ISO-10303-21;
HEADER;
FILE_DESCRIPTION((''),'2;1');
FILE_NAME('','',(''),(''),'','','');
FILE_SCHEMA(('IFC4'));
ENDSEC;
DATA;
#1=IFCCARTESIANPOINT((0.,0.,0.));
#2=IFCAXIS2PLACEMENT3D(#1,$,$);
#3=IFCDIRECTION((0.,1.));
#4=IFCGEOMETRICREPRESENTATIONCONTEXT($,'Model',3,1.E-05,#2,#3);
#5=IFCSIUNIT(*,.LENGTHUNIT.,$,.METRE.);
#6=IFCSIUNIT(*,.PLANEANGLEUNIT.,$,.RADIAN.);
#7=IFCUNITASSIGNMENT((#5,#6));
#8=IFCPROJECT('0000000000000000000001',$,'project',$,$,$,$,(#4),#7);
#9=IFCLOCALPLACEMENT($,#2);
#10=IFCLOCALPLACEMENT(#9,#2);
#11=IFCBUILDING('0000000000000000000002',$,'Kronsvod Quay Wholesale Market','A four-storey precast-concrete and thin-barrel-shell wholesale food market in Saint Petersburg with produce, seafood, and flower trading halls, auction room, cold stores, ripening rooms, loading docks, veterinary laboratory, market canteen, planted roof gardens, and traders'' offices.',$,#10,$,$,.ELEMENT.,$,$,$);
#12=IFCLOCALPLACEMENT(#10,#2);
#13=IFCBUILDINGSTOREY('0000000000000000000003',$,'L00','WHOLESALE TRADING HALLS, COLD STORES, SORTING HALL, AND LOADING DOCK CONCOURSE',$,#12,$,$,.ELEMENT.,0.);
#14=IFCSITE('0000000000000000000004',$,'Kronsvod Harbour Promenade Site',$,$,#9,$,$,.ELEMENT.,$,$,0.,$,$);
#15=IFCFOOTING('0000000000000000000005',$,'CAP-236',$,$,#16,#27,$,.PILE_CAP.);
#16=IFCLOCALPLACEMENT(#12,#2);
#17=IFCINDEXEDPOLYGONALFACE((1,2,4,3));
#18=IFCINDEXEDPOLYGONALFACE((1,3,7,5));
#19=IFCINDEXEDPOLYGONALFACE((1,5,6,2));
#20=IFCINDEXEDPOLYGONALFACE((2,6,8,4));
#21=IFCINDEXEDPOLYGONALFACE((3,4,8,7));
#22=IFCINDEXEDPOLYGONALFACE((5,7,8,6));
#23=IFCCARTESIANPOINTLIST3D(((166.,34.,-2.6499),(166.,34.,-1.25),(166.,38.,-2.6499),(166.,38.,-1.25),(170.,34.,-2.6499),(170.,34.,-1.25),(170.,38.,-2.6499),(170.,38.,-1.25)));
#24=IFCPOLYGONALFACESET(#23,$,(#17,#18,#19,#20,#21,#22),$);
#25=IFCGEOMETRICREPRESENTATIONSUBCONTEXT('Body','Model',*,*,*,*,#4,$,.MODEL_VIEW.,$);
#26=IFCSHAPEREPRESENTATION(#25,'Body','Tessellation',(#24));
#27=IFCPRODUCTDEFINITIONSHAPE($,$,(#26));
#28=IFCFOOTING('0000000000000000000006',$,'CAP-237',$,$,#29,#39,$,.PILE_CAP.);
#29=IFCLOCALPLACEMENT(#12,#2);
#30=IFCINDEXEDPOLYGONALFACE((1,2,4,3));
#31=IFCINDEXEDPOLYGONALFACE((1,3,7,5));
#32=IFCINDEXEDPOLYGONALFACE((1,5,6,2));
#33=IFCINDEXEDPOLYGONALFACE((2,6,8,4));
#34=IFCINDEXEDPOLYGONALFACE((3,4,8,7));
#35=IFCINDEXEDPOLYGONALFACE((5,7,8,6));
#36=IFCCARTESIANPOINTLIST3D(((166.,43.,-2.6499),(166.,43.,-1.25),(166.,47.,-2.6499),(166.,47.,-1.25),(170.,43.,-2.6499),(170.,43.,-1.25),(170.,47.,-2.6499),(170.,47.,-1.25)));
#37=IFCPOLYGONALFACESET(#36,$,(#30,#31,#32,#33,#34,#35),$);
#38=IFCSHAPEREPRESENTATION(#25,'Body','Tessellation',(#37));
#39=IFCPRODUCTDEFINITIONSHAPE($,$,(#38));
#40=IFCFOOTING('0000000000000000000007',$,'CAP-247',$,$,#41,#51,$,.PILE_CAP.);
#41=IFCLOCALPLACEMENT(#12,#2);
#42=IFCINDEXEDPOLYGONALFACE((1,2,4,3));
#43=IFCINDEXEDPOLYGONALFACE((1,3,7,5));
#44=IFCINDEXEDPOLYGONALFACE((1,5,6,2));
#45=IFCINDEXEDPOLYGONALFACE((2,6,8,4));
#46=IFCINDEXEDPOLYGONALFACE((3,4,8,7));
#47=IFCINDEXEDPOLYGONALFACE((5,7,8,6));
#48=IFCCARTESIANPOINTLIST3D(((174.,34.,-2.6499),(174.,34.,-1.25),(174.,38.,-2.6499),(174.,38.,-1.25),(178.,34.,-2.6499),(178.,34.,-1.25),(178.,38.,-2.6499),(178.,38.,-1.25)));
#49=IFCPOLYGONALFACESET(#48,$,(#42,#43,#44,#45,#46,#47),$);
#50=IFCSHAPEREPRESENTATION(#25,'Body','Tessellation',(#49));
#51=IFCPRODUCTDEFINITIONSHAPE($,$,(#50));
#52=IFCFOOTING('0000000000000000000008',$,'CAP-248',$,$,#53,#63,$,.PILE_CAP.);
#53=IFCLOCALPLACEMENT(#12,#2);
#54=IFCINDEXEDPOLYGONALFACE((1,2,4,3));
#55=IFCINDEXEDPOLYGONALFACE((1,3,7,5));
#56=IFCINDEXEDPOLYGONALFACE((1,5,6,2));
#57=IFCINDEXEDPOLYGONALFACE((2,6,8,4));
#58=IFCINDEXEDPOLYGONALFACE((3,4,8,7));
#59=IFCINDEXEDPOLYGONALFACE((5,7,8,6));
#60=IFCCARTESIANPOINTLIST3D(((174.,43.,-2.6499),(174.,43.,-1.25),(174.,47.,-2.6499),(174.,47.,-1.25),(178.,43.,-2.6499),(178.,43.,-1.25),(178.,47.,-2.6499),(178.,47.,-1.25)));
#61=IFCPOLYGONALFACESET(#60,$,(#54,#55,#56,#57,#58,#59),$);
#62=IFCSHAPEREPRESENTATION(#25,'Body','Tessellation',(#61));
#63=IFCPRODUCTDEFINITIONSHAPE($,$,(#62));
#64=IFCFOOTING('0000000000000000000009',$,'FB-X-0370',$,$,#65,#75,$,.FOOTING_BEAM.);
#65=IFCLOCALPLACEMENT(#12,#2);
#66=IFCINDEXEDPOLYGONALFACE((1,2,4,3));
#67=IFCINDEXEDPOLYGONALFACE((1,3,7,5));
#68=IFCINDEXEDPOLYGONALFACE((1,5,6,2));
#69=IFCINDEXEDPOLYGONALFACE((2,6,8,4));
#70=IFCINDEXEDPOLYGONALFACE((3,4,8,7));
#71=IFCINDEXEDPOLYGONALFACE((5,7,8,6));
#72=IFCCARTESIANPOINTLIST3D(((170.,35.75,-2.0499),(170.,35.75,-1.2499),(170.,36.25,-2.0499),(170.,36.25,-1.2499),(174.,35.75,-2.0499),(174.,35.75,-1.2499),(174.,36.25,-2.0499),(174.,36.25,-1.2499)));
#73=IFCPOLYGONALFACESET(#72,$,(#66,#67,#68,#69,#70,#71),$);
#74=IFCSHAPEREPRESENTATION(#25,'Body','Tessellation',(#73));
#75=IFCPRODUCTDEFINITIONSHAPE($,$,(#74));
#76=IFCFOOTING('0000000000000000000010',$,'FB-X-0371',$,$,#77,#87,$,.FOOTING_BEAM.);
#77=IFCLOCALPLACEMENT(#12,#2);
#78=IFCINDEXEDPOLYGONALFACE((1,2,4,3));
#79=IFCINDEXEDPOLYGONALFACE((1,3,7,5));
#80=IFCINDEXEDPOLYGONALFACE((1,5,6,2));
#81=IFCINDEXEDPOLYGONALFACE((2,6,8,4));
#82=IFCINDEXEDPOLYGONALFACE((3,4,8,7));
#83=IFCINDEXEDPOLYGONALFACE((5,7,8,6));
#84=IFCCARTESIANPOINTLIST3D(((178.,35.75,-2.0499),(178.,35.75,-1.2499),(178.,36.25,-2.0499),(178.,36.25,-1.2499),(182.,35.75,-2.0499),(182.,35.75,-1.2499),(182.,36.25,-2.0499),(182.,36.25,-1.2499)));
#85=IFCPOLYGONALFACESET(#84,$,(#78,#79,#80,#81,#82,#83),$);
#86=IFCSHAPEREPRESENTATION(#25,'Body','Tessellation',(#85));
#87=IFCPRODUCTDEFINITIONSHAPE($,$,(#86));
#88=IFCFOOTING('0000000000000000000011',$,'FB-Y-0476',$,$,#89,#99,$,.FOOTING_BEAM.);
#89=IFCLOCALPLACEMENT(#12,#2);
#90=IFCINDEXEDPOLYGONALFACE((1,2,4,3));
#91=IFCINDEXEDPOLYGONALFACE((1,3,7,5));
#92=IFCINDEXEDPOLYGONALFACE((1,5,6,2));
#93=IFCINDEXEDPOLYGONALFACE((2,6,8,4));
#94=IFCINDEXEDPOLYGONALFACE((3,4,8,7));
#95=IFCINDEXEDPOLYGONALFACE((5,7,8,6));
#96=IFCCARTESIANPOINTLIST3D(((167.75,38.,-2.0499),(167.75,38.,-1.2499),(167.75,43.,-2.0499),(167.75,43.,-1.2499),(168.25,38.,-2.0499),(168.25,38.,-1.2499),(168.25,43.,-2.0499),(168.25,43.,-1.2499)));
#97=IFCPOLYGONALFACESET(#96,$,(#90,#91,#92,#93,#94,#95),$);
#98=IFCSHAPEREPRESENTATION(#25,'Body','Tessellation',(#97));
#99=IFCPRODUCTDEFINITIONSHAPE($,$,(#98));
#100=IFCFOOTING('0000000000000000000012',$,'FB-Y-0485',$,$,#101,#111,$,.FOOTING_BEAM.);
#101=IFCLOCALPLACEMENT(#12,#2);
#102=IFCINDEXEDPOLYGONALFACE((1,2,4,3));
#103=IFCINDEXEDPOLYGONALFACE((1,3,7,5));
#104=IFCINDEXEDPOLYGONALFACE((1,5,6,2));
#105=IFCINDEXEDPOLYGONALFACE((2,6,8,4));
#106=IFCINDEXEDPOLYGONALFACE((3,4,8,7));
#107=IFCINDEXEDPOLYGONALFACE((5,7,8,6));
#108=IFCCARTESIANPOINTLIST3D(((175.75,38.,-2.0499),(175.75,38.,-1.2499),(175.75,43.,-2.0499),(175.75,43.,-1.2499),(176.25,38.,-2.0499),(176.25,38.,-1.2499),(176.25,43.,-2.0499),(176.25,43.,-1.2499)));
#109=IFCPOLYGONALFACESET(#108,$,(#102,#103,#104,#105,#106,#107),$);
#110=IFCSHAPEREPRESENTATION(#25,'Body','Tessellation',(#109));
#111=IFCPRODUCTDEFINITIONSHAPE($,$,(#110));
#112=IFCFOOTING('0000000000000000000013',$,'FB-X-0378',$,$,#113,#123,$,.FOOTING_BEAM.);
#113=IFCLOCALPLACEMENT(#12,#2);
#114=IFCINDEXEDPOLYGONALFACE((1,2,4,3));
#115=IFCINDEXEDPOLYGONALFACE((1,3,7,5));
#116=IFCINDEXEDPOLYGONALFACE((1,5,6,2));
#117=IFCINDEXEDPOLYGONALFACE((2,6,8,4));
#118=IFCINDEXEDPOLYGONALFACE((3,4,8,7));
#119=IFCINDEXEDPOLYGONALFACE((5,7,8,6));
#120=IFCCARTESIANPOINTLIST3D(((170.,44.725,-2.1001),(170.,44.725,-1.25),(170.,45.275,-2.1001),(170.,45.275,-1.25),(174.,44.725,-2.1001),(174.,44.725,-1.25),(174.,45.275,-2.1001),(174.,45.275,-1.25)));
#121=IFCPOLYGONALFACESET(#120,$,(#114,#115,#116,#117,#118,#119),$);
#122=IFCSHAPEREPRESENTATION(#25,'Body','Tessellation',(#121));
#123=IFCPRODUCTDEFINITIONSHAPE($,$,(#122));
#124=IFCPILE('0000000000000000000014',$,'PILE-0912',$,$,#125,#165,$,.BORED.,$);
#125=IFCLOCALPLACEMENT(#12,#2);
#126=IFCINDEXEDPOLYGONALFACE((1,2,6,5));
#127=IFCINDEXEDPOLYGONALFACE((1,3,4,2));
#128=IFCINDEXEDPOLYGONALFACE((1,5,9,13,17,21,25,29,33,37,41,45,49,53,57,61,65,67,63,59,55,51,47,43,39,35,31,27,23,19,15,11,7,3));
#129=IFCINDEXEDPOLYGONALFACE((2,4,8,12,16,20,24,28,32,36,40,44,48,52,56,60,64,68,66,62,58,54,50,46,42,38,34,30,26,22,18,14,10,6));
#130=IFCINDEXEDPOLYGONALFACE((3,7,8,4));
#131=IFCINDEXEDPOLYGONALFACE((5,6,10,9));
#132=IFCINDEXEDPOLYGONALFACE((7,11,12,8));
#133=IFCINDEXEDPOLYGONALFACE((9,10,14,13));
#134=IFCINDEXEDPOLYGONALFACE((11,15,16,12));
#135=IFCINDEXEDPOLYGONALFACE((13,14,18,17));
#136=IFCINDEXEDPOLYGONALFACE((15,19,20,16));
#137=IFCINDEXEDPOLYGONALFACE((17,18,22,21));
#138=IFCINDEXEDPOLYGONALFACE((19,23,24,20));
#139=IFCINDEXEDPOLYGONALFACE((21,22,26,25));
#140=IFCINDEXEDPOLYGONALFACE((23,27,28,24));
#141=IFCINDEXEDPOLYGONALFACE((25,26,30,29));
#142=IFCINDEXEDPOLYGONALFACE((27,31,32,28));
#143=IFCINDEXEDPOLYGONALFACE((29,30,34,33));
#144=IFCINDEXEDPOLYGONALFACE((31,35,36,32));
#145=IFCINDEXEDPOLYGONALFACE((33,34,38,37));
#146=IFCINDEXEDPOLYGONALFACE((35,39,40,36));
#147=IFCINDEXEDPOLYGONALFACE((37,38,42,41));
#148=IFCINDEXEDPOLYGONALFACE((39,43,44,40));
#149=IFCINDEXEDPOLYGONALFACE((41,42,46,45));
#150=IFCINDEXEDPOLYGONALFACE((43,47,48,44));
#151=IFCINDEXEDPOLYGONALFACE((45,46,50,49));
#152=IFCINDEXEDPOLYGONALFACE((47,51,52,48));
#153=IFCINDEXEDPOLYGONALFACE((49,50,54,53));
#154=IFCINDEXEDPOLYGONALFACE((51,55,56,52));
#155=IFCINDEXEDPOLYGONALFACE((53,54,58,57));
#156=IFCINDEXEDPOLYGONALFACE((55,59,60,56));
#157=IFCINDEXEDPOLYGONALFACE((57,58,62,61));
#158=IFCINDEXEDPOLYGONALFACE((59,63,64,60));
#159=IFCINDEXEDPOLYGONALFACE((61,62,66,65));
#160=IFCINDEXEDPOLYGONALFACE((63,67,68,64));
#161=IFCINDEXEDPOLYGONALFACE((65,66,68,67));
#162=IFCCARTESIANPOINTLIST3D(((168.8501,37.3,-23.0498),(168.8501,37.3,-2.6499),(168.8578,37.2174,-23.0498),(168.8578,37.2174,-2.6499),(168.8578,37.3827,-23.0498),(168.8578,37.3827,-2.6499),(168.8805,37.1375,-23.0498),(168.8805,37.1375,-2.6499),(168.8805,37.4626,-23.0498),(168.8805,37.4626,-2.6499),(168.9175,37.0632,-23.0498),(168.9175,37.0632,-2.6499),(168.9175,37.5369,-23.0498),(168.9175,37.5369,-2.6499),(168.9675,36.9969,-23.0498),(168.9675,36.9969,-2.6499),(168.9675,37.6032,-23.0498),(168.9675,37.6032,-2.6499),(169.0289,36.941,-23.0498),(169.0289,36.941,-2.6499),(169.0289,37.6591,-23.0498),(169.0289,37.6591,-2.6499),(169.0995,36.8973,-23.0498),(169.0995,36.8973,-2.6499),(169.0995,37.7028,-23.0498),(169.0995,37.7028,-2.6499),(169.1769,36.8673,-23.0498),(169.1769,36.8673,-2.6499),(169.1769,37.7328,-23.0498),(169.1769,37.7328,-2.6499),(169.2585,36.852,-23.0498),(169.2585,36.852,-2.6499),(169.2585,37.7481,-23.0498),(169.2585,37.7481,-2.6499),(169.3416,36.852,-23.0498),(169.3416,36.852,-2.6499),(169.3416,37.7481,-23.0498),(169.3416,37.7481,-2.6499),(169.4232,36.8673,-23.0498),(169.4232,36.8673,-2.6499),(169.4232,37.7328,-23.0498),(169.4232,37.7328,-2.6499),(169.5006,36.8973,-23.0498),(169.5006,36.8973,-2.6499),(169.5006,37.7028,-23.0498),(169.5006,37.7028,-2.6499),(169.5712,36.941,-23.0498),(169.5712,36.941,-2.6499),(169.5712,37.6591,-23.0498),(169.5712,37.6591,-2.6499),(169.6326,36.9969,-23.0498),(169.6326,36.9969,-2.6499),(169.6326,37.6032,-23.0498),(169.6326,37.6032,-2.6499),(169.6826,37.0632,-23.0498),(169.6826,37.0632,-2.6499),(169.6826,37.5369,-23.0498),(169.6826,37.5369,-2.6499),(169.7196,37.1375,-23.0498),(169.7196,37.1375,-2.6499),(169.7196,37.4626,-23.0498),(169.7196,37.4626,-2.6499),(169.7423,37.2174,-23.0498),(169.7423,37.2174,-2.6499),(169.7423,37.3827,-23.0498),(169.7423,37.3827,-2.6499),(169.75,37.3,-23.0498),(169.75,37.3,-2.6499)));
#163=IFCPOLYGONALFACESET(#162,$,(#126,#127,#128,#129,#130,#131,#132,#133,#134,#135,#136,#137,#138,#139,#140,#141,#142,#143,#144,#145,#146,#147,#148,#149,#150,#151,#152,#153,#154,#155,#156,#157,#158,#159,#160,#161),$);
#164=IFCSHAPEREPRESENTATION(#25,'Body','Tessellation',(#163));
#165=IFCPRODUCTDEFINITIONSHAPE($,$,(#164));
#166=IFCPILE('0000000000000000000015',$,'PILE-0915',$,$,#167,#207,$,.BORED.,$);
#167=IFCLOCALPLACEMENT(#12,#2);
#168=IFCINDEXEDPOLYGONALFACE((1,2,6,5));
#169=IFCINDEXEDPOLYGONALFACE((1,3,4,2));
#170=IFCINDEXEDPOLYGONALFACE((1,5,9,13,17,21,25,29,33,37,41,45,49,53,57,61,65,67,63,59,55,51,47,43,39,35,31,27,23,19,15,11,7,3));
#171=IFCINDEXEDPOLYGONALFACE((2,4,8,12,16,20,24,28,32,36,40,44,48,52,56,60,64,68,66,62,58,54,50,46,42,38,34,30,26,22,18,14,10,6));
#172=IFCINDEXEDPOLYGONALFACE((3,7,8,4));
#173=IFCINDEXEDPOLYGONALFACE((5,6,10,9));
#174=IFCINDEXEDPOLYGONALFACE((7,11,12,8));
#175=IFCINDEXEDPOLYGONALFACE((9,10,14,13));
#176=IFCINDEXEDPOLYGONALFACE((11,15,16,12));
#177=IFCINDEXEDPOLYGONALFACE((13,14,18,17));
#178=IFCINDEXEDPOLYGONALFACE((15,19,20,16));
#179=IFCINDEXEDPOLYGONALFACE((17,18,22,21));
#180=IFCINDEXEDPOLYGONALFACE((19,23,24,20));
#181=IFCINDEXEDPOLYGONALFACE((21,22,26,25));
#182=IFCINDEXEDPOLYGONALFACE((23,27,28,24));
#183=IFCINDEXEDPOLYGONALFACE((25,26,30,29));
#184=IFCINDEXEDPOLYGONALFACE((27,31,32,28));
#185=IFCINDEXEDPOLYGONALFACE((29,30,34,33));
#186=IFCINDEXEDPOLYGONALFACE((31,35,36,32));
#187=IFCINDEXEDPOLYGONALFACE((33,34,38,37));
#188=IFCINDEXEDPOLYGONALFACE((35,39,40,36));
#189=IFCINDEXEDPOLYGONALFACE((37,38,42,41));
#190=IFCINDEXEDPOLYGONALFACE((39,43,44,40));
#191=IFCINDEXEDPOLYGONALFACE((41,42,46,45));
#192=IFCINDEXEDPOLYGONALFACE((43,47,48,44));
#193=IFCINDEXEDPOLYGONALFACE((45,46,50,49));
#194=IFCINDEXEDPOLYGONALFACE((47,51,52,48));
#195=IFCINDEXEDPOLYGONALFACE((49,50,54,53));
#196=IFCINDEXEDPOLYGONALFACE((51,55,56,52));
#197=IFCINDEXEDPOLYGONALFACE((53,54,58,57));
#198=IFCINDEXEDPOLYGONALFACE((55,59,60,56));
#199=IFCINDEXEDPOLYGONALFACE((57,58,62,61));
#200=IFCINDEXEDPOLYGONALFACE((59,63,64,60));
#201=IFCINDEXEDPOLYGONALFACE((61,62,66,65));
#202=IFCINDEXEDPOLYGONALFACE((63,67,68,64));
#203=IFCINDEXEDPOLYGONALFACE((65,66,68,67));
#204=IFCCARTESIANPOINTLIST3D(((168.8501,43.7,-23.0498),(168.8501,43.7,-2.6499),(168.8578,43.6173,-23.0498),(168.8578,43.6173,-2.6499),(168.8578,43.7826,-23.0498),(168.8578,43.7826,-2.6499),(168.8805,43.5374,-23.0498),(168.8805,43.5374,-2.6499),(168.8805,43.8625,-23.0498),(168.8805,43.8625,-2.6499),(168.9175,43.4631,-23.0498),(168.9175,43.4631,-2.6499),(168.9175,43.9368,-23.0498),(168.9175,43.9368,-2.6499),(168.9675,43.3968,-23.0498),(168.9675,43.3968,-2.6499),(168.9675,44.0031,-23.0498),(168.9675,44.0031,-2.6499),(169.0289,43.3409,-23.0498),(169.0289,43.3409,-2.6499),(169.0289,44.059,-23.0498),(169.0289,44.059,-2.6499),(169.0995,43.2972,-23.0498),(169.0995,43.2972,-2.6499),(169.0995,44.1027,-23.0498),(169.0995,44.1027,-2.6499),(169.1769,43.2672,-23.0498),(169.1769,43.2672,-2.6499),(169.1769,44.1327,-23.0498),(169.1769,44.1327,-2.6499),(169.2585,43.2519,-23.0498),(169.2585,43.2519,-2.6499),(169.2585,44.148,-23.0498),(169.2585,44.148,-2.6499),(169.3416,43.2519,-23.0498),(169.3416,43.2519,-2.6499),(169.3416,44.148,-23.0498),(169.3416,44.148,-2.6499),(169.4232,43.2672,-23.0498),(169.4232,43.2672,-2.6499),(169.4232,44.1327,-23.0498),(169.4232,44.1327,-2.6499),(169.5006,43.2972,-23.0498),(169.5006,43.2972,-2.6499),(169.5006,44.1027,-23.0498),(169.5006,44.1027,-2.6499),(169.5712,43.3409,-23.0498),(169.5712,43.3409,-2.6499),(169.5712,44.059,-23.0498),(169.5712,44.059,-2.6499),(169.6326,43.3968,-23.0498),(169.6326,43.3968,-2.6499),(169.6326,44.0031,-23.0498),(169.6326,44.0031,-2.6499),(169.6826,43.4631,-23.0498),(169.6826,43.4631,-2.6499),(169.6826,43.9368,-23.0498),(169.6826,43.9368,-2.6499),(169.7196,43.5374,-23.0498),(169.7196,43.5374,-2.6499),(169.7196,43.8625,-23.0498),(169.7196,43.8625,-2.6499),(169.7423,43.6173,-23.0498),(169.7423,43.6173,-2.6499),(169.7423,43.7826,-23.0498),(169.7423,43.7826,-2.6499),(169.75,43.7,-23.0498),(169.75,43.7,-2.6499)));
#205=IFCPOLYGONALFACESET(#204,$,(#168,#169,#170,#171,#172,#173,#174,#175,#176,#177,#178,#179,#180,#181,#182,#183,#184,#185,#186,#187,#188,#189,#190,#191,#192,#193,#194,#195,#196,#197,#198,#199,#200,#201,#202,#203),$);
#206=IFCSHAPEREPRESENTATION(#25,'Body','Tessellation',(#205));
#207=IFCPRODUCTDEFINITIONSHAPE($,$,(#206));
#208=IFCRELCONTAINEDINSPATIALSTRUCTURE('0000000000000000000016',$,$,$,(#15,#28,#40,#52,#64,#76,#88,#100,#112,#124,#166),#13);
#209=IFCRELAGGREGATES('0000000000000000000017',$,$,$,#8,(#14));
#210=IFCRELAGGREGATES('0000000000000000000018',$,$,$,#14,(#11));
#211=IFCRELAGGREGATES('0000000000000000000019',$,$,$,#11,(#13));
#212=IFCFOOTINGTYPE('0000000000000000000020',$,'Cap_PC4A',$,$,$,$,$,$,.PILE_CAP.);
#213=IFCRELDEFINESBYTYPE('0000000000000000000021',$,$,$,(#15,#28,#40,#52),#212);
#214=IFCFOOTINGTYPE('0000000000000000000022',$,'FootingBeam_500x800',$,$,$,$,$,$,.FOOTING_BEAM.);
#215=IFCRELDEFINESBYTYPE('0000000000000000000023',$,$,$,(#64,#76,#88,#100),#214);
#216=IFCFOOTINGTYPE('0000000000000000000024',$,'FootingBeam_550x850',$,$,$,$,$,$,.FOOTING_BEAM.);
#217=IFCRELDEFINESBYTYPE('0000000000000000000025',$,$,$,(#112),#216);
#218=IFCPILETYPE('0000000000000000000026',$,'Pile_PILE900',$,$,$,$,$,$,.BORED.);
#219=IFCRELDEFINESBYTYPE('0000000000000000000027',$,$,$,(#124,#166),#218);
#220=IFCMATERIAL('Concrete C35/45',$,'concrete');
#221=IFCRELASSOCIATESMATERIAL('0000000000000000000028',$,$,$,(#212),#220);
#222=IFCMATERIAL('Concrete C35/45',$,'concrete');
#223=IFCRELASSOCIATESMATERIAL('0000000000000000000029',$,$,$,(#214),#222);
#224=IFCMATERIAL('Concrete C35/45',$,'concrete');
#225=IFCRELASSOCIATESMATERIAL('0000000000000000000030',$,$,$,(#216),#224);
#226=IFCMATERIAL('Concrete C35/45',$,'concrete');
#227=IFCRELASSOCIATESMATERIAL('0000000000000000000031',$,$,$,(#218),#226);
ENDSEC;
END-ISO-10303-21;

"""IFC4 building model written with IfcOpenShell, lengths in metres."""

from ifc_helpers import new_model, si_unit, direction, frame, origin, origin_2d, place, context, subcontext, project, spatial, rectangle, circle, extrude, material, material_profile, profile_set, type_object, element, save


model = new_model("IFC4")

# Units and contexts
model_context = context("Model", 3, precision=1e-05, world=origin(), true_north=direction((0.0, 1.0)))
body_context = subcontext(model_context, "Body", "Model", "MODEL_VIEW")
ifc_project = project(units=[si_unit("LENGTHUNIT", "METRE"), si_unit("PLANEANGLEUNIT", "RADIAN")], contexts=[model_context])

# Site, building, storey
site_placement = place(None, origin())
site = spatial("IfcSite", under=ifc_project, at=site_placement, Name="Kronsvod Harbour Promenade Site", CompositionType="ELEMENT", RefElevation=0.0)
building_placement = place(site_placement, origin())
building = spatial("IfcBuilding", under=site, at=building_placement, Name="Kronsvod Quay Wholesale Market", Description="A four-storey precast-concrete and thin-barrel-shell wholesale food market in Saint Petersburg with produce, seafood, and flower trading halls, auction room, cold stores, ripening rooms, loading docks, veterinary laboratory, market canteen, planted roof gardens, and traders' offices.", CompositionType="ELEMENT")
storey_placement = place(building_placement, origin())
storey = spatial("IfcBuildingStorey", under=building, at=storey_placement, Name="L00", Description="WHOLESALE TRADING HALLS, COLD STORES, SORTING HALL, AND LOADING DOCK CONCOURSE", CompositionType="ELEMENT", Elevation=0.0)

# Footings
ifc_material_1 = material(Name="Concrete C35/45", Category="concrete")
footing_type_1 = type_object("IfcFootingType", Name="Cap_PC4A", PredefinedType="PILE_CAP", material=ifc_material_1)
for number, where, z_axis, x_axis, name in (
    (1, (168.0, 36.0, -2.6499), (0.0, 0.0, 1.0), (1.0, 0.0, 0.0), "CAP-236"),
    (2, (168.0, 45.0, -2.6499), (0.0, 0.0, 1.0), (1.0, 0.0, 0.0), "CAP-237"),
    (3, (176.0, 36.0, -2.6499), (0.0, 0.0, 1.0), (1.0, 0.0, 0.0), "CAP-247"),
    (4, (176.0, 45.0, -2.6499), (0.0, 0.0, 1.0), (1.0, 0.0, 0.0), "CAP-248"),
):
    element("IfcFooting", number, at=place(storey_placement, frame(where, z_axis=z_axis, x_axis=x_axis)), inside=storey, type_object=footing_type_1, Name=name, PredefinedType="PILE_CAP", context=body_context, shape_type="SweptSolid", body=[
        extrude(rectangle(XDim=4.0, YDim=4.0, at=origin_2d()), origin(), (0.0, 0.0, 1.0), 1.3999),
    ])
ifc_material_2 = material(Name="Concrete C35/45", Category="concrete")
ifc_material_profile_1 = material_profile(ifc_material_2, rectangle(XDim=0.5, YDim=0.8, at=origin_2d()), Name="FB-01")
ifc_profile_set_1 = profile_set([ifc_material_profile_1], Name="Concrete C35/45")
footing_type_2 = type_object("IfcFootingType", Name="FootingBeam_500x800", PredefinedType="FOOTING_BEAM", material=ifc_profile_set_1)
for number, where, z_axis, x_axis, name in (
    (5, (170.0, 36.0, -1.6499), (1.0, 0.0, 0.0), (0.0, 1.0, 0.0), "FB-X-0370"),
    (6, (178.0, 36.0, -1.6499), (1.0, 0.0, 0.0), (0.0, 1.0, 0.0), "FB-X-0371"),
):
    element("IfcFooting", number, at=place(storey_placement, frame(where, z_axis=z_axis, x_axis=x_axis)), inside=storey, type_object=footing_type_2, Name=name, PredefinedType="FOOTING_BEAM", context=body_context, shape_type="SweptSolid", body=[
        extrude(rectangle(XDim=0.5, YDim=0.8, at=origin_2d()), origin(), (0.0, 0.0, 1.0), 4.0),
    ])
for number, where, z_axis, x_axis, name in (
    (7, (168.0, 38.0, -1.6499), (0.0, 1.0, 0.0), (-1.0, 0.0, 0.0), "FB-Y-0476"),
    (8, (176.0, 38.0, -1.6499), (0.0, 1.0, 0.0), (-1.0, 0.0, 0.0), "FB-Y-0485"),
):
    element("IfcFooting", number, at=place(storey_placement, frame(where, z_axis=z_axis, x_axis=x_axis)), inside=storey, type_object=footing_type_2, Name=name, PredefinedType="FOOTING_BEAM", context=body_context, shape_type="SweptSolid", body=[
        extrude(rectangle(XDim=0.5, YDim=0.8, at=origin_2d()), origin(), (0.0, 0.0, 1.0), 5.0),
    ])
ifc_material_3 = material(Name="Concrete C35/45", Category="concrete")
ifc_material_profile_2 = material_profile(ifc_material_3, rectangle(XDim=0.55, YDim=0.8501, at=origin_2d()), Name="FB-03")
ifc_profile_set_2 = profile_set([ifc_material_profile_2], Name="Concrete C35/45")
footing_type_3 = type_object("IfcFootingType", Name="FootingBeam_550x850", PredefinedType="FOOTING_BEAM", material=ifc_profile_set_2)
footing_placement = place(storey_placement, frame((170.0, 45.0, -1.675), z_axis=(1.0, 0.0, 0.0), x_axis=(0.0, 1.0, 0.0)))
element("IfcFooting", 9, at=footing_placement, inside=storey, type_object=footing_type_3, Name="FB-X-0378", PredefinedType="FOOTING_BEAM", context=body_context, shape_type="SweptSolid", body=[
    extrude(rectangle(XDim=0.55, YDim=0.8501, at=origin_2d()), origin(), (0.0, 0.0, 1.0), 4.0),
])

# Piles
ifc_material_4 = material(Name="Concrete C35/45", Category="concrete")
ifc_material_profile_3 = material_profile(ifc_material_4, circle(Radius=0.45, at=origin_2d()), Name="PILE900")
ifc_profile_set_3 = profile_set([ifc_material_profile_3], Name="Concrete C35/45")
pile_type = type_object("IfcPileType", Name="Pile_PILE900", PredefinedType="BORED", material=ifc_profile_set_3)
for number, where, z_axis, x_axis, name in (
    (10, (169.3, 37.3, -2.6499), (0.0, 0.0, -1.0), (1.0, 0.0, 0.0), "PILE-0912"),
    (11, (169.3, 43.7, -2.6499), (0.0, 0.0, -1.0), (1.0, 0.0, 0.0), "PILE-0915"),
):
    element("IfcPile", number, at=place(storey_placement, frame(where, z_axis=z_axis, x_axis=x_axis)), inside=storey, type_object=pile_type, Name=name, PredefinedType="BORED", context=body_context, shape_type="SweptSolid", body=[
        extrude(circle(Radius=0.45, at=origin_2d()), origin(), (0.0, 0.0, 1.0), 20.3999),
    ])

save(model, "model.ifc")
